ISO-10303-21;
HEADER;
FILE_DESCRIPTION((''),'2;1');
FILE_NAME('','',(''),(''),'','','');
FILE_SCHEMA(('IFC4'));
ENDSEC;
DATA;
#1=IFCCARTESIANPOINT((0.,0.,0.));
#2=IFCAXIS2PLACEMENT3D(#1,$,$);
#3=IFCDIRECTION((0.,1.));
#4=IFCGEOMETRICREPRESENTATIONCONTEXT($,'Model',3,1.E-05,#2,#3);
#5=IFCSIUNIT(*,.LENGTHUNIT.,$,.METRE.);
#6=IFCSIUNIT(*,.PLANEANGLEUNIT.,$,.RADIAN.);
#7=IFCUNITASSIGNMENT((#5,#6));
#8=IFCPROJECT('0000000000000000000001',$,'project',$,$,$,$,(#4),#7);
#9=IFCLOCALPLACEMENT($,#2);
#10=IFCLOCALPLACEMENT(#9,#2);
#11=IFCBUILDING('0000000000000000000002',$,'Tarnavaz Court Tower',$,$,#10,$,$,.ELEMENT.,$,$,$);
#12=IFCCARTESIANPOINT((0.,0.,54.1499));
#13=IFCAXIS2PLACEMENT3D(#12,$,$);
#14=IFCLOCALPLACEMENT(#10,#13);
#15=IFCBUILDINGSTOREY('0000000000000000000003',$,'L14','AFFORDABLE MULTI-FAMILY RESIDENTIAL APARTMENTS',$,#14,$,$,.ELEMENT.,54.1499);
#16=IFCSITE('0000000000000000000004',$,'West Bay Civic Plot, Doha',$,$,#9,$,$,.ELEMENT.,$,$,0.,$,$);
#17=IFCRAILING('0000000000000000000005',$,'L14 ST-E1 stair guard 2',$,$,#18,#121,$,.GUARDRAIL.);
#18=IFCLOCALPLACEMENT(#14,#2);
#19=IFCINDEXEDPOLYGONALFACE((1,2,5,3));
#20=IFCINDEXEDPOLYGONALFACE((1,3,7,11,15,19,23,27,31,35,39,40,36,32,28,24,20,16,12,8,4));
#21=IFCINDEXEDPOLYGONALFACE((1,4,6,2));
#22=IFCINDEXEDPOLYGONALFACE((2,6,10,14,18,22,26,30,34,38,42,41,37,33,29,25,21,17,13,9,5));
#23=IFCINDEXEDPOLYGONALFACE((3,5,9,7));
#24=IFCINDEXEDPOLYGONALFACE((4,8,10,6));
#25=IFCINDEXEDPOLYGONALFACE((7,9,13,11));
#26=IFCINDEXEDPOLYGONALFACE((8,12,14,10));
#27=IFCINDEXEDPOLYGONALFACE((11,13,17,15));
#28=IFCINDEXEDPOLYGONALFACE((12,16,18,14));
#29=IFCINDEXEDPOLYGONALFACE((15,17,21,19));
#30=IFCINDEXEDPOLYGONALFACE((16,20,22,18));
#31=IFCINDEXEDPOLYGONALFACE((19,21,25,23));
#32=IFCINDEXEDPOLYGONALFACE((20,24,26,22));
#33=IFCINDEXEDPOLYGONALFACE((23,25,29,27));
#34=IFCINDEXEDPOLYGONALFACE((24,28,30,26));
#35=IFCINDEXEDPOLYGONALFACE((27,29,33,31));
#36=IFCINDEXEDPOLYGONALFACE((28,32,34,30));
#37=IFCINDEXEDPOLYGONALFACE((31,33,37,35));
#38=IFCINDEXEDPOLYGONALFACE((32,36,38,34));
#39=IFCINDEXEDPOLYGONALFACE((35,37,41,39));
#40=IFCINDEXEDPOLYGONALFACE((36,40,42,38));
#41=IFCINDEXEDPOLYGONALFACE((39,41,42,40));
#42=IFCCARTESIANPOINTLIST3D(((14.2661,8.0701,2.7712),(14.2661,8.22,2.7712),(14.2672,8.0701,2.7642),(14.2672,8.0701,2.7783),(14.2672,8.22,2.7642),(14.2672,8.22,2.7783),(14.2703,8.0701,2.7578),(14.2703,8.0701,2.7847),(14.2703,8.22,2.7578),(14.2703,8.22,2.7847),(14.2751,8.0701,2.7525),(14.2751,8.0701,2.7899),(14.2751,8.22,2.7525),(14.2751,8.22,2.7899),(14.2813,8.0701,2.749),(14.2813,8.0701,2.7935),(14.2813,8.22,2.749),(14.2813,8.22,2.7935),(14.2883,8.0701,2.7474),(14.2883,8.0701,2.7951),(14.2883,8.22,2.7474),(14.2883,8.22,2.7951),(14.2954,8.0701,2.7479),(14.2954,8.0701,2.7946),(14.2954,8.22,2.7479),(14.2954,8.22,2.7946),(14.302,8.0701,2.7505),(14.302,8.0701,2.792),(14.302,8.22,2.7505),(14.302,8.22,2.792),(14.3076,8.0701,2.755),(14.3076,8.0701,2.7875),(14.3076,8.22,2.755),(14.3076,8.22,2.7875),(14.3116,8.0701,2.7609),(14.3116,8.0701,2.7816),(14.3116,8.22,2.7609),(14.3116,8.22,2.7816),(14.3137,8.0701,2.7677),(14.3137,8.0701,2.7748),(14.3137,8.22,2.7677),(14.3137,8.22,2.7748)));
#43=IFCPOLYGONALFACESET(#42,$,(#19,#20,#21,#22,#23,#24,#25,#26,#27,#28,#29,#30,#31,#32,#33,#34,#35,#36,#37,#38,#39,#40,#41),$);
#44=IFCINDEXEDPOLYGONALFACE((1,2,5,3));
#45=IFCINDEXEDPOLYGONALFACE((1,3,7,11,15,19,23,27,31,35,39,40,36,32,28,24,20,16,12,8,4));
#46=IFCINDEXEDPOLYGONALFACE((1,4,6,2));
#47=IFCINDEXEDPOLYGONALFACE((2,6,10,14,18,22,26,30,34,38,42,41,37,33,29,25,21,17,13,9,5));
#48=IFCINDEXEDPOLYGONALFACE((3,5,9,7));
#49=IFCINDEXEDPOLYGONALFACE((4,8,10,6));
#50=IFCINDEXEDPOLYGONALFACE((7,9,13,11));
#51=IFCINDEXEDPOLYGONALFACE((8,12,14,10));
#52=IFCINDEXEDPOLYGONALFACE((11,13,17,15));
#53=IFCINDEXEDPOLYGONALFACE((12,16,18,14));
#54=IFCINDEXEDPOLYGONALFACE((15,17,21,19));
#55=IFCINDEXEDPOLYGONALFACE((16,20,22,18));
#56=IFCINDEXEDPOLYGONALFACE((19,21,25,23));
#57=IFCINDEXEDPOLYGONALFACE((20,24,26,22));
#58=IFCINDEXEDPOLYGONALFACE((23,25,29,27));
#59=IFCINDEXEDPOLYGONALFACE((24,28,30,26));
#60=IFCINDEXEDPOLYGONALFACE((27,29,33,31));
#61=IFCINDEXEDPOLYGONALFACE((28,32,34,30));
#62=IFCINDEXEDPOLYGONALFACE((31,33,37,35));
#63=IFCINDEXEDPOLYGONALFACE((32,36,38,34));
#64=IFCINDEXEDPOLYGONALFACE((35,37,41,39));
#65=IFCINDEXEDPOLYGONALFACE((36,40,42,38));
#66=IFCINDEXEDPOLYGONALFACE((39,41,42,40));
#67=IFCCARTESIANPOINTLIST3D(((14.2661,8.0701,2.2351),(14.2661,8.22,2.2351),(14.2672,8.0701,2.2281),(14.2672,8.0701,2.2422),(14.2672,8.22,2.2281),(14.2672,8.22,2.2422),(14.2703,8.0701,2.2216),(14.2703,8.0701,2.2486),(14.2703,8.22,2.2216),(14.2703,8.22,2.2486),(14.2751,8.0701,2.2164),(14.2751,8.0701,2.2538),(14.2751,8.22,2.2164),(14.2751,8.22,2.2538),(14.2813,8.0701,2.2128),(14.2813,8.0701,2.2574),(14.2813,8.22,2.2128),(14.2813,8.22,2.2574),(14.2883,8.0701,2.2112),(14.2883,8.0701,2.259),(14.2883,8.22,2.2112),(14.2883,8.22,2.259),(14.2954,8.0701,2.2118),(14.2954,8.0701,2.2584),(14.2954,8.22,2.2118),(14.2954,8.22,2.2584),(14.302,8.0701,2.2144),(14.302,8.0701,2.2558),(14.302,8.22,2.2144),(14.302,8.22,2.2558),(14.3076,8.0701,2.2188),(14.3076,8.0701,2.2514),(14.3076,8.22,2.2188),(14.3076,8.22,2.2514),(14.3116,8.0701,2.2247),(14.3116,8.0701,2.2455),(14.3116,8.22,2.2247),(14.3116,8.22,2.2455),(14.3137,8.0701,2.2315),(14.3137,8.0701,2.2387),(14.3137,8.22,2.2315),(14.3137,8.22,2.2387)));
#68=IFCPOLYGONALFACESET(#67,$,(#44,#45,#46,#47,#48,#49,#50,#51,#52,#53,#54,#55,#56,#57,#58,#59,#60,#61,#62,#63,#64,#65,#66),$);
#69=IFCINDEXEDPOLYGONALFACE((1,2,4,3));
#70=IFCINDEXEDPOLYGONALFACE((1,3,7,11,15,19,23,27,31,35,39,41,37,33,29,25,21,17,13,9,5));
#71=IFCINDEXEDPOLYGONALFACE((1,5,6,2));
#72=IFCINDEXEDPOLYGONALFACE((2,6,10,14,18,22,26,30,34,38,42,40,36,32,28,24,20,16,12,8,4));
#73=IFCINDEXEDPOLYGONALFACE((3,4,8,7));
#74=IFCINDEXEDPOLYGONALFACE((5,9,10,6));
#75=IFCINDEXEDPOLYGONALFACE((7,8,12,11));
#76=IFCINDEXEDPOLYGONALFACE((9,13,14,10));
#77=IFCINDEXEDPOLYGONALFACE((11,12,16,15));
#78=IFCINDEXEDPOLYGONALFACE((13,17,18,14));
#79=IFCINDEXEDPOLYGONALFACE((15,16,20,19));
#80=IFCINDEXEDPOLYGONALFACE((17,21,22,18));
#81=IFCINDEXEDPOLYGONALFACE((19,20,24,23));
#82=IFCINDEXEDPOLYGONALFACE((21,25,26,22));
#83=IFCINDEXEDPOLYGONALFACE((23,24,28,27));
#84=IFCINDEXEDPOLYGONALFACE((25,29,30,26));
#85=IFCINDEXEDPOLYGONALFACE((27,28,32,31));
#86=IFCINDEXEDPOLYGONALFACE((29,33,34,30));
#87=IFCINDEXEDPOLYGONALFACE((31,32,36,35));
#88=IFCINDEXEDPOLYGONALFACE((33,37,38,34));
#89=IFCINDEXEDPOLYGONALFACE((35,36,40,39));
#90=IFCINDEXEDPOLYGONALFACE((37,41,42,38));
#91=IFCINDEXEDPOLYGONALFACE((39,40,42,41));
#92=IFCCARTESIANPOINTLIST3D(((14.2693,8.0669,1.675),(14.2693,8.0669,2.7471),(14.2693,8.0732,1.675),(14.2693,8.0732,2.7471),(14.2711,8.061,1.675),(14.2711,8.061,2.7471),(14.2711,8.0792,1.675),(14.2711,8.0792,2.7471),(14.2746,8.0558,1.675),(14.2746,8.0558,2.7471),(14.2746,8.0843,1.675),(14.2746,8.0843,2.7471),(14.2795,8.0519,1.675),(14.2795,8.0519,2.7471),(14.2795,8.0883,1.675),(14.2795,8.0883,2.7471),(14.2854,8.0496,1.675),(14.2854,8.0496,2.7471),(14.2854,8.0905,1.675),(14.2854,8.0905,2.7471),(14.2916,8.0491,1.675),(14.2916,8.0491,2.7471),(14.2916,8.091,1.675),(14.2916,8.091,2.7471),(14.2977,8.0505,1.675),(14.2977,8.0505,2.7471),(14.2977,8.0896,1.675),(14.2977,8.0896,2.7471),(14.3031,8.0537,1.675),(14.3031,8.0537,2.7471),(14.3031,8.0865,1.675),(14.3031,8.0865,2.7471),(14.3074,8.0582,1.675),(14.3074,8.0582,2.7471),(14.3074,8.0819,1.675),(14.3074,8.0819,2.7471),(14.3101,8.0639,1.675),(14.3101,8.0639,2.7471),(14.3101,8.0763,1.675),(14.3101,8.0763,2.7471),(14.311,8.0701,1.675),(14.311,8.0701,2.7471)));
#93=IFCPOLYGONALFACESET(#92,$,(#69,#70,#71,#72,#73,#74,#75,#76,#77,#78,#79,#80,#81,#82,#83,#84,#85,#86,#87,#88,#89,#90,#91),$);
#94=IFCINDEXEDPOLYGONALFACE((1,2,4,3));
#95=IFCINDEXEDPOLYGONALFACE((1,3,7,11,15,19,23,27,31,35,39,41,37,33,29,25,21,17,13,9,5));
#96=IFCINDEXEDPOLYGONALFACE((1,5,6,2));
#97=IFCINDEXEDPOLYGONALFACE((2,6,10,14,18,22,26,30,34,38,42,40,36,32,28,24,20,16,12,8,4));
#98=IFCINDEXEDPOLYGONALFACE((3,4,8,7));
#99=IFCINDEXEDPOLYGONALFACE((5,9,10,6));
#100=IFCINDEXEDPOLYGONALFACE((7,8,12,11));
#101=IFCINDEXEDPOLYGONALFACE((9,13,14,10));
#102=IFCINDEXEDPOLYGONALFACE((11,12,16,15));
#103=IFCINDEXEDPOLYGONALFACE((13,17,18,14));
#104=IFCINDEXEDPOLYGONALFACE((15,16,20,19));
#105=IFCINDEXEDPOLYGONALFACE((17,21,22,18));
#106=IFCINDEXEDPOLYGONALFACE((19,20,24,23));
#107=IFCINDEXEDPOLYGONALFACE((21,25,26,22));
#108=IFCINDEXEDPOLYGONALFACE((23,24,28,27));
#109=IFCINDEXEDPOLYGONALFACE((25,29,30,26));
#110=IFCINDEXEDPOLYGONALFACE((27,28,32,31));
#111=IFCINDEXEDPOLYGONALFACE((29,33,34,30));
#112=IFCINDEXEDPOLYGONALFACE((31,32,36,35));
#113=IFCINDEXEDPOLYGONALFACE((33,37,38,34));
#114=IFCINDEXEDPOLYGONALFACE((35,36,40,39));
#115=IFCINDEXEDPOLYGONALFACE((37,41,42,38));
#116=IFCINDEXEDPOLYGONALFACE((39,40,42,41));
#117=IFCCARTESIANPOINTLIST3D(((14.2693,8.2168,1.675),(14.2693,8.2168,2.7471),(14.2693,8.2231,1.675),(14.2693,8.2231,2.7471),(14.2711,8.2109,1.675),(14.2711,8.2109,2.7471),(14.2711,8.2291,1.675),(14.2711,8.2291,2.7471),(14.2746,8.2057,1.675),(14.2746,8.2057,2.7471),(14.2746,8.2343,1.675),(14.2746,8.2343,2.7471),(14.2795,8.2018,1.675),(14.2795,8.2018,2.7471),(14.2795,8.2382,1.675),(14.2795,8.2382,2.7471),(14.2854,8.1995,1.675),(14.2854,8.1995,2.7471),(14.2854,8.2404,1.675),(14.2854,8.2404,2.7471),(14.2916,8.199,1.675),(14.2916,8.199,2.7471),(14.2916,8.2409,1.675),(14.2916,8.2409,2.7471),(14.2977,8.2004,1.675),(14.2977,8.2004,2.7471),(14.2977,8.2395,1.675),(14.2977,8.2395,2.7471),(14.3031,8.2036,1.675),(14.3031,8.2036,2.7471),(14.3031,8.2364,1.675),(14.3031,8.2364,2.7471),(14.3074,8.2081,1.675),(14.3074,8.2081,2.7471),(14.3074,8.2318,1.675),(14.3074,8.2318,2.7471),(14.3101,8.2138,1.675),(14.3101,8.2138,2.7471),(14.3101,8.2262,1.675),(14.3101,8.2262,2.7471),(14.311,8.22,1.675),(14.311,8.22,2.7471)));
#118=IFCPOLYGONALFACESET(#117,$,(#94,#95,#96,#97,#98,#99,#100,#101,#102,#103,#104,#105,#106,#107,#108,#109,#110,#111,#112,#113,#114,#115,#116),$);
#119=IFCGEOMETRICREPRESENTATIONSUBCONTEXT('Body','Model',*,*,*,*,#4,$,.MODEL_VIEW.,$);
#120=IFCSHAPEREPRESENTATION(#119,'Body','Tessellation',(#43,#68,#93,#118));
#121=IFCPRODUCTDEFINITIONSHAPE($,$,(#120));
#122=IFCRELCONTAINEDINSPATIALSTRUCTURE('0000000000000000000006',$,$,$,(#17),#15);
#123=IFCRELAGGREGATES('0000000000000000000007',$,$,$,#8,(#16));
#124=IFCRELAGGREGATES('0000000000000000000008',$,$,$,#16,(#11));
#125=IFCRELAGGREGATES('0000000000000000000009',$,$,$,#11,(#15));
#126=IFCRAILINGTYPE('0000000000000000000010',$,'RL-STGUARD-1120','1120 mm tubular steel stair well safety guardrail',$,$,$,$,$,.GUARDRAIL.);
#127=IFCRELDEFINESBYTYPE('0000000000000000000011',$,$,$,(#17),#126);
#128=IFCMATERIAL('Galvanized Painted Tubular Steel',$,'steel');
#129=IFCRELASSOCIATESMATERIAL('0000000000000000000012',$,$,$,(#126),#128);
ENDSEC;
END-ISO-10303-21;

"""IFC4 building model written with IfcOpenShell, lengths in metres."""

from ifc_helpers import new_model, si_unit, direction, frame, origin, origin_2d, place, context, subcontext, project, spatial, circle, extrude, material, type_object, element, save


model = new_model("IFC4")

# Units and contexts
model_context = context("Model", 3, precision=1e-05, world=origin(), true_north=direction((0.0, 1.0)))
body_context = subcontext(model_context, "Body", "Model", "MODEL_VIEW")
ifc_project = project(units=[si_unit("LENGTHUNIT", "METRE"), si_unit("PLANEANGLEUNIT", "RADIAN")], contexts=[model_context])

# Site, building, storey
site_placement = place(None, origin())
site = spatial("IfcSite", under=ifc_project, at=site_placement, Name="West Bay Civic Plot, Doha", CompositionType="ELEMENT", RefElevation=0.0)
building_placement = place(site_placement, origin())
building = spatial("IfcBuilding", under=site, at=building_placement, Name="Tarnavaz Court Tower", CompositionType="ELEMENT")
storey_placement = place(building_placement, frame((0.0, 0.0, 54.1499)))
storey = spatial("IfcBuildingStorey", under=building, at=storey_placement, Name="L14", Description="AFFORDABLE MULTI-FAMILY RESIDENTIAL APARTMENTS", CompositionType="ELEMENT", Elevation=54.1499)

# Railing
ifc_material_1 = material(Name="Galvanized Painted Tubular Steel", Category="steel")
railing_type_1 = type_object("IfcRailingType", Name="RL-STGUARD-1120", Description="1120 mm tubular steel stair well safety guardrail", PredefinedType="GUARDRAIL", material=ifc_material_1)
railing_1_placement = place(storey_placement, frame((14.29, 8.0701, 1.675)))
element("IfcRailing", 1, at=railing_1_placement, inside=storey, type_object=railing_type_1, Name="L14 ST-E1 stair guard 2", PredefinedType="GUARDRAIL", context=body_context, shape_type="SweptSolid", body=[
    extrude(circle(Radius=0.0239, at=origin_2d()), frame((0.0, 0.0, 1.0962), z_axis=(0.0, 1.0, 0.0), x_axis=(-1.0, 0.0, 0.0)), (0.0, 0.0, 1.0), 0.1499),
    extrude(circle(Radius=0.0239, at=origin_2d()), frame((0.0, 0.0, 0.5601), z_axis=(0.0, 1.0, 0.0), x_axis=(-1.0, 0.0, 0.0)), (0.0, 0.0, 1.0), 0.1499),
    extrude(circle(Radius=0.021, at=origin_2d()), origin(), (0.0, 0.0, 1.0), 1.072),
    extrude(circle(Radius=0.021, at=origin_2d()), frame((0.0, 0.1499, 0.0)), (0.0, 0.0, 1.0), 1.072),
])

save(model, "model.ifc")
